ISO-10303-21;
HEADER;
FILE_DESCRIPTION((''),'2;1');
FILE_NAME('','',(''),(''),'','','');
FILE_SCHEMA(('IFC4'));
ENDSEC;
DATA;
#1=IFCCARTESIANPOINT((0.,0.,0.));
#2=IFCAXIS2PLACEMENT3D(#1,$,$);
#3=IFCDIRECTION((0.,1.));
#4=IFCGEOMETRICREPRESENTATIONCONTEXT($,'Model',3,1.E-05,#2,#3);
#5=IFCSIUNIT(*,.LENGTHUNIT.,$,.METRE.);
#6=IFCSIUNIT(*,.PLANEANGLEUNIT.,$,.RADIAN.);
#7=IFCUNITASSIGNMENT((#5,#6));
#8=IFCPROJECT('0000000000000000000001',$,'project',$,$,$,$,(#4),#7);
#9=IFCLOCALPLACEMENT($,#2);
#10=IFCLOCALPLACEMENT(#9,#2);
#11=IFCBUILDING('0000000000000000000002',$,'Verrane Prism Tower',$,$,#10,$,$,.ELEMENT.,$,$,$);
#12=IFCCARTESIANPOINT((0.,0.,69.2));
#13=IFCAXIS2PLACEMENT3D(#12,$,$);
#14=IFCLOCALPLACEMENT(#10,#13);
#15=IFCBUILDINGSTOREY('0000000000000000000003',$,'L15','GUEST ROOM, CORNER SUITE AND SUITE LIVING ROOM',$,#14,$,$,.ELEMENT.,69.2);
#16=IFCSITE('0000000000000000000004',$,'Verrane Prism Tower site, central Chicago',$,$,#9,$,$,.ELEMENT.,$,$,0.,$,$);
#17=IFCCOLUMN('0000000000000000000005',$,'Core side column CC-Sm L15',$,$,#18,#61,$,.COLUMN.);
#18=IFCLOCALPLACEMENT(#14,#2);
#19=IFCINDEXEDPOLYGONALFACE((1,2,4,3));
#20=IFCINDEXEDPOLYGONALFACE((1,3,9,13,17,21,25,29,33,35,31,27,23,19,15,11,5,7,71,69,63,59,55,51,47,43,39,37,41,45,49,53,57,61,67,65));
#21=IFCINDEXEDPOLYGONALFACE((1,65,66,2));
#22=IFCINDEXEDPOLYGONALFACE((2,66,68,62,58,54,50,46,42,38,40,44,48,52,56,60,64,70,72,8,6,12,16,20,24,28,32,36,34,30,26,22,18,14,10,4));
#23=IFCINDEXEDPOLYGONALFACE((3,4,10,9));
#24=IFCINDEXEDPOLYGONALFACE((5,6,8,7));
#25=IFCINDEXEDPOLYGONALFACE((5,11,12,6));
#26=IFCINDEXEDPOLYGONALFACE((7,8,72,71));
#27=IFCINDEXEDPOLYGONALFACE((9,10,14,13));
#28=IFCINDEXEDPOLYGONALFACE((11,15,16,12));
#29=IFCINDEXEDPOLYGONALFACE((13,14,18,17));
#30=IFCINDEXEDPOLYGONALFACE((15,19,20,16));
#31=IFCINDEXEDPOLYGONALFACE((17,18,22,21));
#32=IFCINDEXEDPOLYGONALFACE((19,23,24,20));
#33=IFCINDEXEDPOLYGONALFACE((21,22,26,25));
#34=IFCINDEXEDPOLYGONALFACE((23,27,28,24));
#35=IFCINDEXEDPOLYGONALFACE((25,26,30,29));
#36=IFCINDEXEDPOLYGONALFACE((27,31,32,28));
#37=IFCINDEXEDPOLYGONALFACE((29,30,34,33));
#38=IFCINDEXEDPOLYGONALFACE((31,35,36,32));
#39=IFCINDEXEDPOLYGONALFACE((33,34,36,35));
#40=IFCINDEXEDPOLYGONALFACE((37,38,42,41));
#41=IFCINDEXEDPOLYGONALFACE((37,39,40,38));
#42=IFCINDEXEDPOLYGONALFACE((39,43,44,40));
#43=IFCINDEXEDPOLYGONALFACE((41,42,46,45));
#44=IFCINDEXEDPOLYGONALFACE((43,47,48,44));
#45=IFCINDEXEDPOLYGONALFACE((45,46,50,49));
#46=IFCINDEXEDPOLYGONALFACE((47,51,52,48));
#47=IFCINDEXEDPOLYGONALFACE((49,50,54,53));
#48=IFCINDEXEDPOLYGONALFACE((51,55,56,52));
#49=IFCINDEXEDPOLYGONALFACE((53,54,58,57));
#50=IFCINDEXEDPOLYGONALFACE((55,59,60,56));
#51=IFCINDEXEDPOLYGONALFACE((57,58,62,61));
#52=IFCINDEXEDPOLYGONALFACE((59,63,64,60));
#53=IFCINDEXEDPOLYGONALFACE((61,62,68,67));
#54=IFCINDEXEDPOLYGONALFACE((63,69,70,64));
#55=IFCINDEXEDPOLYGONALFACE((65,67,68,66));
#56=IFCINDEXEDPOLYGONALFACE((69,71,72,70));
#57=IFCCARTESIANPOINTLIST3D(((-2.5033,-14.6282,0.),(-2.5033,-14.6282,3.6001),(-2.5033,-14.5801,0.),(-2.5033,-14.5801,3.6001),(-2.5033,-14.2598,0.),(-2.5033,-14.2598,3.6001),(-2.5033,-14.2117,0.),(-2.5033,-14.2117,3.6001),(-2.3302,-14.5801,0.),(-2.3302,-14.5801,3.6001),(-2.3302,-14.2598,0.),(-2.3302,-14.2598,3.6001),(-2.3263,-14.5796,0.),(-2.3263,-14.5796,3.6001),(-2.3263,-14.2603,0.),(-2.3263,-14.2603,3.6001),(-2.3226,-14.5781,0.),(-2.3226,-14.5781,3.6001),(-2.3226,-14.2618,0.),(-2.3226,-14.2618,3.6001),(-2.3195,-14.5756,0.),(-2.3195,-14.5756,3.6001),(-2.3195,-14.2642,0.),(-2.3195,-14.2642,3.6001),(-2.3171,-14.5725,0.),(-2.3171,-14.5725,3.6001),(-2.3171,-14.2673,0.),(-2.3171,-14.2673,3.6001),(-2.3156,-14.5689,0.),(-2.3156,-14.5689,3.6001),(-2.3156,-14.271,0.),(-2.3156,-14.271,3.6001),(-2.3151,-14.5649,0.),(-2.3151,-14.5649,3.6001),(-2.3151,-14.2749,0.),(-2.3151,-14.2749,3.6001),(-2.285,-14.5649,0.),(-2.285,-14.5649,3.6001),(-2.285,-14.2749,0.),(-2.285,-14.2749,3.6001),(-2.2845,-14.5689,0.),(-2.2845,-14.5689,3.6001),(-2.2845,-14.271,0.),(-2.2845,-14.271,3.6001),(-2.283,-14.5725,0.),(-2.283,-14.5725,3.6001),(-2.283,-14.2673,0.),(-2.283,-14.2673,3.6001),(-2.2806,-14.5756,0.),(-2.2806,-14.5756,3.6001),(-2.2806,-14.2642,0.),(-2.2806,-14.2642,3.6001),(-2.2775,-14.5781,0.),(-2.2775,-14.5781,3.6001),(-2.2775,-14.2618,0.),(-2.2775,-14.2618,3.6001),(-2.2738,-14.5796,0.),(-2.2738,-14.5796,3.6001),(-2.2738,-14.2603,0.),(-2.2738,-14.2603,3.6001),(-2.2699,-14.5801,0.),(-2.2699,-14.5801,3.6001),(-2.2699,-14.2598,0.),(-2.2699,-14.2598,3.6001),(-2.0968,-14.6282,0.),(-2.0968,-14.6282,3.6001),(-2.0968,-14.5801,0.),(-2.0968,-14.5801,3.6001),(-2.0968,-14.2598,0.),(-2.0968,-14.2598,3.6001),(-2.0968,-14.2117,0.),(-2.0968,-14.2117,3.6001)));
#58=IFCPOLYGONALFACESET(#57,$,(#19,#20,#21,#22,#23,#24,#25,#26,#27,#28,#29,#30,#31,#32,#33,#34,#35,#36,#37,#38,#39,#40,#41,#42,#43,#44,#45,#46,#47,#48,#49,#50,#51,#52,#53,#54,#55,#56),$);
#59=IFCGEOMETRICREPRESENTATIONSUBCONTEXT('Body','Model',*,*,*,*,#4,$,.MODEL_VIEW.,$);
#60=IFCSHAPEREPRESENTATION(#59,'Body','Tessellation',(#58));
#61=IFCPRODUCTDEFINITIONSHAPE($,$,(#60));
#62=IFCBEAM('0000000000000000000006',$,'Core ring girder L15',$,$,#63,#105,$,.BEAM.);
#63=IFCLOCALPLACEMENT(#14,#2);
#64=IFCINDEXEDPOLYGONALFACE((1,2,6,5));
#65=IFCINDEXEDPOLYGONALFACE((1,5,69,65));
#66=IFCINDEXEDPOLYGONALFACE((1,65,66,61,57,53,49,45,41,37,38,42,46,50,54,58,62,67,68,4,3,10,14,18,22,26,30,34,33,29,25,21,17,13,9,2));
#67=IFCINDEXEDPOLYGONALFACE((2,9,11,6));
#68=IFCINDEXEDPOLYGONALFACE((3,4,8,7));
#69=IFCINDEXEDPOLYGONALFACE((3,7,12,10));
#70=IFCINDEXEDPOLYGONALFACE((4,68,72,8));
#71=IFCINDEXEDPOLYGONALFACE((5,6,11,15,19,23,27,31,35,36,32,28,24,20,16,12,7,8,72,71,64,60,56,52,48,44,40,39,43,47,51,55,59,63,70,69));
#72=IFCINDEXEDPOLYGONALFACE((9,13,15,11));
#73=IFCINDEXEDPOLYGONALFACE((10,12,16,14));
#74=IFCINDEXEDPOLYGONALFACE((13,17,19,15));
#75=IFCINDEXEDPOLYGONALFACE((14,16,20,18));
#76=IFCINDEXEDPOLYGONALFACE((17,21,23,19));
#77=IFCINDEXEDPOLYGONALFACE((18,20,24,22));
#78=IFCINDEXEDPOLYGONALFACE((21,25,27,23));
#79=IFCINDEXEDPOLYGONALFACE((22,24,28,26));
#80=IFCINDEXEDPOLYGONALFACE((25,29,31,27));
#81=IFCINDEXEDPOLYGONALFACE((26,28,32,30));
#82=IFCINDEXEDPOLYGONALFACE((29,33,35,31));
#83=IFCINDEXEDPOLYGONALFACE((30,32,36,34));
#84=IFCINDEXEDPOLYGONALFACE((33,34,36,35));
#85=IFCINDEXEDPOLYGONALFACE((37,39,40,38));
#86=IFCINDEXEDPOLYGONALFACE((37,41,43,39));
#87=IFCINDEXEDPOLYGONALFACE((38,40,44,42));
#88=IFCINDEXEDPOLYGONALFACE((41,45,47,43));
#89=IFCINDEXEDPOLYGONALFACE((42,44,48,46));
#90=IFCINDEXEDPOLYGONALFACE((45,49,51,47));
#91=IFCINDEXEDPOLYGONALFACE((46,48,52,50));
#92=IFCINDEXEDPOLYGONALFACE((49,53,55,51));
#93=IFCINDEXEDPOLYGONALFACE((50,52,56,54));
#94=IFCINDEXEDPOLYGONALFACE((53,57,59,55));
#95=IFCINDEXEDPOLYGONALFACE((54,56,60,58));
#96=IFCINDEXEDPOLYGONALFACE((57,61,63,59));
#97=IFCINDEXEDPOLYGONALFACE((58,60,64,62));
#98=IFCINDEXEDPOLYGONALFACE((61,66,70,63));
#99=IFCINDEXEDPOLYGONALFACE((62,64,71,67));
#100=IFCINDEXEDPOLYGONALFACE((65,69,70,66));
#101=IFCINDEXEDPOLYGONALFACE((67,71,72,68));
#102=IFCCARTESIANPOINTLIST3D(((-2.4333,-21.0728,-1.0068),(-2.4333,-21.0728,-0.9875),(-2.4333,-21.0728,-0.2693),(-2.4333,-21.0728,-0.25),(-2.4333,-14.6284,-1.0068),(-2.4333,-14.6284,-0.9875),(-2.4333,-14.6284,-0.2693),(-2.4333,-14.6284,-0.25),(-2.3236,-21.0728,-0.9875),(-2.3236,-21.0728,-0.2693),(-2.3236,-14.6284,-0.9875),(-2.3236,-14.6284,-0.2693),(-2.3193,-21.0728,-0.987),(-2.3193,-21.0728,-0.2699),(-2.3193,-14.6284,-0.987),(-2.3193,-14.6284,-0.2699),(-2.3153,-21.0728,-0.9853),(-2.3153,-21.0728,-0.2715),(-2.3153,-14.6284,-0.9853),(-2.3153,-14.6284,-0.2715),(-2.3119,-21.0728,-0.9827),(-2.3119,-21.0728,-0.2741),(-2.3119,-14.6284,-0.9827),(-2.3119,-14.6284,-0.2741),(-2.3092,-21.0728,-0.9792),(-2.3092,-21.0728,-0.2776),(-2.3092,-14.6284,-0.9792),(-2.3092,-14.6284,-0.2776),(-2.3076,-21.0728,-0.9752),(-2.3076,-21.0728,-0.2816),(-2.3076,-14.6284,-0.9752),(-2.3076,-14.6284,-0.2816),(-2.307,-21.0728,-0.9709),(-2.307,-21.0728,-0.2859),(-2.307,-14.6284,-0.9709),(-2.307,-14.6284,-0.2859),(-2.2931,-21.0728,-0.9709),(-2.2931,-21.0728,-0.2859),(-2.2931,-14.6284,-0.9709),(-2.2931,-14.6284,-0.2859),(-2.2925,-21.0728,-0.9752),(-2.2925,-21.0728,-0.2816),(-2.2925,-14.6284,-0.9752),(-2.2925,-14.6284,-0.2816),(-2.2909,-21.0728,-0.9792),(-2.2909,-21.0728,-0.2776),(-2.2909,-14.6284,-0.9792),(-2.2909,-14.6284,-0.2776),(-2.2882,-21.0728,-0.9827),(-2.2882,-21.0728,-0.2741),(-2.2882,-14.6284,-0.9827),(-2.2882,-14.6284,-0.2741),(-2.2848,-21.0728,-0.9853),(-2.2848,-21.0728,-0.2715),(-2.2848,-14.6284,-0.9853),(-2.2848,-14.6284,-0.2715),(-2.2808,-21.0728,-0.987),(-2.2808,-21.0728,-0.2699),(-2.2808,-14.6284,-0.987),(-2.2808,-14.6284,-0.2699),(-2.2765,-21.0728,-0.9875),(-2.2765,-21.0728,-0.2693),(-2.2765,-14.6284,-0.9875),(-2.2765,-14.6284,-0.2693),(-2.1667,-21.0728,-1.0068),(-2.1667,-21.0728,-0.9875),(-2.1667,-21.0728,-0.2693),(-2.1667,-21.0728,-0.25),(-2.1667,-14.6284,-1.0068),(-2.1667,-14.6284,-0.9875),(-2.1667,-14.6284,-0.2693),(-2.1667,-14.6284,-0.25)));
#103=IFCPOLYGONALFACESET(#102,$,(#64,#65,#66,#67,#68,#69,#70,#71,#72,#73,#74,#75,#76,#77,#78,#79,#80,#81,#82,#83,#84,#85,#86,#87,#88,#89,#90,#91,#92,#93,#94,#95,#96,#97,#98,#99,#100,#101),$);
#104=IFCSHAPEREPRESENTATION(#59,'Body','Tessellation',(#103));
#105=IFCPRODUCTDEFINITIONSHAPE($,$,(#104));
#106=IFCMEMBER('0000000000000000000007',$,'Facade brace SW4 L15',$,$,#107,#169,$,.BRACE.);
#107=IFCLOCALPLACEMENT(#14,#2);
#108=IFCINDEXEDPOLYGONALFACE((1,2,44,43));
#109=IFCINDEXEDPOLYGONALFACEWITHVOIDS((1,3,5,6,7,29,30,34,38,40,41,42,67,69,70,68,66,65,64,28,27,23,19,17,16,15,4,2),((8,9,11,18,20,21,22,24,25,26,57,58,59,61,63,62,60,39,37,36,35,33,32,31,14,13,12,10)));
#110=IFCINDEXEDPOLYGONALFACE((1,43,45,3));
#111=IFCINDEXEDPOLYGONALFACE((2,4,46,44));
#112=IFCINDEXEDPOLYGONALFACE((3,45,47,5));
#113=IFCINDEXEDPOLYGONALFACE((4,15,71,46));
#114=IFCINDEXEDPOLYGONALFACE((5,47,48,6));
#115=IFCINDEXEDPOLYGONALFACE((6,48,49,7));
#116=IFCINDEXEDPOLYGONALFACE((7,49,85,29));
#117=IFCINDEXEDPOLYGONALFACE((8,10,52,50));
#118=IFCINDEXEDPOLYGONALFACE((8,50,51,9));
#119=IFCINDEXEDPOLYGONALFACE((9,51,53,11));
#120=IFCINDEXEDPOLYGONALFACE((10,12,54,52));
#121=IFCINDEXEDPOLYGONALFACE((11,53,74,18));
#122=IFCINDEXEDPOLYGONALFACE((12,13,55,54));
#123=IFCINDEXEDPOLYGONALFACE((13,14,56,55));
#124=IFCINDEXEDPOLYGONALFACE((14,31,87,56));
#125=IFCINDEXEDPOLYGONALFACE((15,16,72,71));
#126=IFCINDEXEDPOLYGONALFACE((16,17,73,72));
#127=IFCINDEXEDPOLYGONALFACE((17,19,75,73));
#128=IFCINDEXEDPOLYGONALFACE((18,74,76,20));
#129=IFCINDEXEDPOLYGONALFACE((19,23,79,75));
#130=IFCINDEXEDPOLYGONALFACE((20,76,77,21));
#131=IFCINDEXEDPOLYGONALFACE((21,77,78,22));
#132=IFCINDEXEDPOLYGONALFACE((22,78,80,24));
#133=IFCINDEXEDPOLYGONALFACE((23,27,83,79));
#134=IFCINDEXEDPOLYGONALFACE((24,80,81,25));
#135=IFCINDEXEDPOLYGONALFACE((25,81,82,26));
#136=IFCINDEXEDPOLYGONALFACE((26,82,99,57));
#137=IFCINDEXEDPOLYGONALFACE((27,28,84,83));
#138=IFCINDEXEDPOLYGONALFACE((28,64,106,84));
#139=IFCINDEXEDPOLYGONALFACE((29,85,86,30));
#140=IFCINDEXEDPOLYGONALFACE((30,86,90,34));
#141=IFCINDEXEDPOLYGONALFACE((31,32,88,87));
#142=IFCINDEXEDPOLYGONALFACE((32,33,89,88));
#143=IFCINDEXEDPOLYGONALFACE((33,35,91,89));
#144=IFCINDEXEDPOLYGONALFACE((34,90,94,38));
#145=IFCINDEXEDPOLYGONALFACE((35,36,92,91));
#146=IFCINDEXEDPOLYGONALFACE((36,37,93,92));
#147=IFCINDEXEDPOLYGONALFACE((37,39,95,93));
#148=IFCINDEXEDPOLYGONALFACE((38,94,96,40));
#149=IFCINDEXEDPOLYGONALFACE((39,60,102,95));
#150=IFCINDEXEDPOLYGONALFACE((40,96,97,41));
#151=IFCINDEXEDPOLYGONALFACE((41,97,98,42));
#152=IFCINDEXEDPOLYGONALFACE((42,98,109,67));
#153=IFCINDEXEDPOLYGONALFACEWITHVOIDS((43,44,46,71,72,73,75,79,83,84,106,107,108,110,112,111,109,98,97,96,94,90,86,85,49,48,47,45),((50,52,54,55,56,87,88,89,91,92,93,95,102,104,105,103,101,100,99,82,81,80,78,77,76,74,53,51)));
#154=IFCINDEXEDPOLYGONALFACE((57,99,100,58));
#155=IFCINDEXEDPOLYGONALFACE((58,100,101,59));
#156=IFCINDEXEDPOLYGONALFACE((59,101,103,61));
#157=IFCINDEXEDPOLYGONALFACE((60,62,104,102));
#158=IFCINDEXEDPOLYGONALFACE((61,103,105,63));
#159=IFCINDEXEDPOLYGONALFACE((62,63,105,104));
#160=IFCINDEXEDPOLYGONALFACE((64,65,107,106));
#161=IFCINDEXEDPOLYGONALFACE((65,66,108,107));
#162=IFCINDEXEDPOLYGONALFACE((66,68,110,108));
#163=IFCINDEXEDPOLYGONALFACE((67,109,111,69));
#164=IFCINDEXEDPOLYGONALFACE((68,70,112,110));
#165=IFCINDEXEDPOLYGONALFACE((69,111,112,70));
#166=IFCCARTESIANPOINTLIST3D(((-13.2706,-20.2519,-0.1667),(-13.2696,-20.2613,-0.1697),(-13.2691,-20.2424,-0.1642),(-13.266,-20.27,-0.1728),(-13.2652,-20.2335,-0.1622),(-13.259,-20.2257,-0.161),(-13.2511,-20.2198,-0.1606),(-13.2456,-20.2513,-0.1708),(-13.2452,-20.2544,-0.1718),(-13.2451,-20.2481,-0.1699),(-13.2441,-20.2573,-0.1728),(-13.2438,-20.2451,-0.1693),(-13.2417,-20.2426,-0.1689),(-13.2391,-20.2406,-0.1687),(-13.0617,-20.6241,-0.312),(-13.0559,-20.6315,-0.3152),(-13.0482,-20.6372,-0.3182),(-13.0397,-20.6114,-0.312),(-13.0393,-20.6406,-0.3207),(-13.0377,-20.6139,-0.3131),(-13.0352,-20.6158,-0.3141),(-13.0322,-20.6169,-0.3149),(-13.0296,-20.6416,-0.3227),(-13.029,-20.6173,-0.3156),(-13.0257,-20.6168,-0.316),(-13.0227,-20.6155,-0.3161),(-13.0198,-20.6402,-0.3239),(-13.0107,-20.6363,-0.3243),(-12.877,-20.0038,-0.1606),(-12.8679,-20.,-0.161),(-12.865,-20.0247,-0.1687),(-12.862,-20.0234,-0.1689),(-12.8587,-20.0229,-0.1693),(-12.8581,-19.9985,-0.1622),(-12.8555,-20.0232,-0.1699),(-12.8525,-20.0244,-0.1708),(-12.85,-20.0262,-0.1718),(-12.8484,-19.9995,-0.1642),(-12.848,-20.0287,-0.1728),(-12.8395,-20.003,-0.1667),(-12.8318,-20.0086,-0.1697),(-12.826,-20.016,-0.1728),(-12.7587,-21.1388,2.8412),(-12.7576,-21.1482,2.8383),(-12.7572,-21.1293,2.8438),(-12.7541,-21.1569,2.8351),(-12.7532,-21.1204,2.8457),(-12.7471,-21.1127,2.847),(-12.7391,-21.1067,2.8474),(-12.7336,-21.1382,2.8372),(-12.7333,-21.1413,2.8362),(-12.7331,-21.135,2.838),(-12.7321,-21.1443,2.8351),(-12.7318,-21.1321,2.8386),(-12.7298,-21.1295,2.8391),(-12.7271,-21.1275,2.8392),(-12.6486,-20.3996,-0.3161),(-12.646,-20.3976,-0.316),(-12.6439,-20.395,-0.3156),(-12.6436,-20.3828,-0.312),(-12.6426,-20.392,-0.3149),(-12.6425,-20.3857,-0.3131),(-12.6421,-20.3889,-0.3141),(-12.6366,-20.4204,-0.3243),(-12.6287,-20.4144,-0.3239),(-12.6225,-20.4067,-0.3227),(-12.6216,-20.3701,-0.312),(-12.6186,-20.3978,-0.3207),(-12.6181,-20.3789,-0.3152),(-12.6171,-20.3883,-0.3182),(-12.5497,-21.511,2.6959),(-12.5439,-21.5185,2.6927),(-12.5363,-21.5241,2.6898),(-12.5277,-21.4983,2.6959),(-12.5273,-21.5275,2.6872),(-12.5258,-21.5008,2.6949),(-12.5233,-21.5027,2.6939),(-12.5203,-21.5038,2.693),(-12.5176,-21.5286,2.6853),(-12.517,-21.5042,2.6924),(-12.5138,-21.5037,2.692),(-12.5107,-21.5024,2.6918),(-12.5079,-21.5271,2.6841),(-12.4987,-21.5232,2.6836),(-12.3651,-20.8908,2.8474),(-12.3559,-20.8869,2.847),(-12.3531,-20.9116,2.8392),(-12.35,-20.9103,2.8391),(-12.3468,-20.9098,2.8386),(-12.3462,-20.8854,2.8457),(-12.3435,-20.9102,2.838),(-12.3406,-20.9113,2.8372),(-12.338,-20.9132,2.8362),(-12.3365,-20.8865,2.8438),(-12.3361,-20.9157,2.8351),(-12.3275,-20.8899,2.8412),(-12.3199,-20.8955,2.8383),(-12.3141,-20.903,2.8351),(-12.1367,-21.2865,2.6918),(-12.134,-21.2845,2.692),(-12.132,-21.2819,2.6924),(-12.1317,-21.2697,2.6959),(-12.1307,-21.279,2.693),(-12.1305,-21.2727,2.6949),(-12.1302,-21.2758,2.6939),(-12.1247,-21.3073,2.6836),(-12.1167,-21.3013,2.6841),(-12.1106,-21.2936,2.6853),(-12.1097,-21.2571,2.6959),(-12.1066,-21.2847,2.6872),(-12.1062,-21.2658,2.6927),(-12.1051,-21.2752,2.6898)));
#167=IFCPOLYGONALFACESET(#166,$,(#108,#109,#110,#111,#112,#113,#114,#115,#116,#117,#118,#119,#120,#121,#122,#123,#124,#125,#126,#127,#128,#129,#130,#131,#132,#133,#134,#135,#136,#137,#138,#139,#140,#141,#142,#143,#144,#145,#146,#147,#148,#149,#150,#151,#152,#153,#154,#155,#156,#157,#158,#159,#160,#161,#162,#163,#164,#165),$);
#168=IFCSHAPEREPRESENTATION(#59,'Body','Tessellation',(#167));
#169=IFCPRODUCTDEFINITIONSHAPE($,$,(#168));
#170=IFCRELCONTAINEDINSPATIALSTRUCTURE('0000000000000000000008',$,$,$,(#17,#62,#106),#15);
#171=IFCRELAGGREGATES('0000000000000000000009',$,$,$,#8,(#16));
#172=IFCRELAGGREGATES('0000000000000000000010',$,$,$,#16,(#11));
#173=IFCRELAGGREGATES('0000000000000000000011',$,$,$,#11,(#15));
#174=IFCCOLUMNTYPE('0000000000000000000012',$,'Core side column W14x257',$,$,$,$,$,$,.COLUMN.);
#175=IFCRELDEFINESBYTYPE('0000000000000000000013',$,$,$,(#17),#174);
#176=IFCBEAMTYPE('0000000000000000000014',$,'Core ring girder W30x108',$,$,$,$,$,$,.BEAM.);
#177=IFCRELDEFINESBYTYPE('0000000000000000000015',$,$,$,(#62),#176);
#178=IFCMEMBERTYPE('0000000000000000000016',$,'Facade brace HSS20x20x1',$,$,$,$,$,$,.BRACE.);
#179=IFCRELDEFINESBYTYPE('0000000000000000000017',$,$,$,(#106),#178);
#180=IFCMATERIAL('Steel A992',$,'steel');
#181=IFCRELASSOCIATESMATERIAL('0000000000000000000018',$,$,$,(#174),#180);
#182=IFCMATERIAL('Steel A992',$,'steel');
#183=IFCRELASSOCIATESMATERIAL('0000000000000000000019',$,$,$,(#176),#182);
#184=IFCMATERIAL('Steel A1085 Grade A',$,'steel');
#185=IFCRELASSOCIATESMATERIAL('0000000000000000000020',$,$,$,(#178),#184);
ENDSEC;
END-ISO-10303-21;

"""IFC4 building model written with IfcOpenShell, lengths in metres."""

from ifc_helpers import new_model, si_unit, direction, frame, origin, origin_2d, place, context, subcontext, project, spatial, hollow_rectangle, i_section, extrude, material, material_profile, profile_set, type_object, element, save


model = new_model("IFC4")

# Units and contexts
model_context = context("Model", 3, precision=1e-05, world=origin(), true_north=direction((0.0, 1.0)))
body_context = subcontext(model_context, "Body", "Model", "MODEL_VIEW")
ifc_project = project(units=[si_unit("LENGTHUNIT", "METRE"), si_unit("PLANEANGLEUNIT", "RADIAN")], contexts=[model_context])

# Site, building, storey
site_placement = place(None, origin())
site = spatial("IfcSite", under=ifc_project, at=site_placement, Name="Verrane Prism Tower site, central Chicago", CompositionType="ELEMENT", RefElevation=0.0)
building_placement = place(site_placement, origin())
building = spatial("IfcBuilding", under=site, at=building_placement, Name="Verrane Prism Tower", CompositionType="ELEMENT")
storey_placement = place(building_placement, frame((0.0, 0.0, 69.2)))
storey = spatial("IfcBuildingStorey", under=building, at=storey_placement, Name="L15", Description="GUEST ROOM, CORNER SUITE AND SUITE LIVING ROOM", CompositionType="ELEMENT", Elevation=69.2)

# Column
ifc_material_1 = material(Name="Steel A992", Category="steel")
ifc_material_profile_1 = material_profile(ifc_material_1, i_section(OverallWidth=0.4065, OverallDepth=0.4165, WebThickness=0.03, FlangeThickness=0.0481, FilletRadius=0.0151, at=origin_2d()), Name="W14x257")
ifc_profile_set_1 = profile_set([ifc_material_profile_1], Name="Steel A992")
column_type = type_object("IfcColumnType", Name="Core side column W14x257", PredefinedType="COLUMN", material=ifc_profile_set_1)
column_placement = place(storey_placement, frame((-2.3, -14.4199, 0.0), z_axis=(0.0, 0.0, 1.0), x_axis=(1.0, 0.0, 0.0)))
element("IfcColumn", 1, at=column_placement, inside=storey, type_object=column_type, Name="Core side column CC-Sm L15", PredefinedType="COLUMN", context=body_context, shape_type="SweptSolid", body=[
    extrude(i_section(OverallWidth=0.4065, OverallDepth=0.4165, WebThickness=0.03, FlangeThickness=0.0481, FilletRadius=0.0151, at=origin_2d()), origin(), (0.0, 0.0, 1.0), 3.6001),
])

# Beam
ifc_material_2 = material(Name="Steel A992", Category="steel")
ifc_material_profile_2 = material_profile(ifc_material_2, i_section(OverallWidth=0.2666, OverallDepth=0.7568, WebThickness=0.0139, FlangeThickness=0.0193, FilletRadius=0.0166, at=origin_2d()), Name="W30x108")
ifc_profile_set_2 = profile_set([ifc_material_profile_2], Name="Steel A992")
beam_type_1 = type_object("IfcBeamType", Name="Core ring girder W30x108", PredefinedType="BEAM", material=ifc_profile_set_2)
beam_1_placement = place(storey_placement, frame((-2.3, -14.6284, -0.6284), z_axis=(0.0, -1.0, 0.0), x_axis=(1.0, 0.0, 0.0)))
element("IfcBeam", 2, at=beam_1_placement, inside=storey, type_object=beam_type_1, Name="Core ring girder L15", PredefinedType="BEAM", context=body_context, shape_type="SweptSolid", body=[
    extrude(i_section(OverallWidth=0.2666, OverallDepth=0.7568, WebThickness=0.0139, FlangeThickness=0.0193, FilletRadius=0.0166, at=origin_2d()), origin(), (0.0, 0.0, 1.0), 6.4443),
])

# Member
ifc_material_3 = material(Name="Steel A1085 Grade A", Category="steel")
ifc_material_profile_3 = material_profile(ifc_material_3, hollow_rectangle(XDim=0.5081, YDim=0.5081, WallThickness=0.0254, InnerFilletRadius=0.0127, OuterFilletRadius=0.0381, at=origin_2d()), Name="HSS20x20x1")
ifc_profile_set_3 = profile_set([ifc_material_profile_3], Name="Steel A1085 Grade A")
member_type = type_object("IfcMemberType", Name="Facade brace HSS20x20x1", PredefinedType="BRACE", material=ifc_profile_set_3)
member_placement = place(storey_placement, frame((-12.9438, -20.3201, -0.2424), z_axis=(0.161116, -0.279129, 0.946641), x_axis=(0.866078, 0.499908, 0.0)))
element("IfcMember", 3, at=member_placement, inside=storey, type_object=member_type, Name="Facade brace SW4 L15", PredefinedType="BRACE", context=body_context, shape_type="SweptSolid", body=[
    extrude(hollow_rectangle(XDim=0.5081, YDim=0.5081, WallThickness=0.0254, InnerFilletRadius=0.0127, OuterFilletRadius=0.0381, at=origin_2d()), origin(), (0.0, 0.0, 1.0), 3.1775),
])

save(model, "model.ifc")
